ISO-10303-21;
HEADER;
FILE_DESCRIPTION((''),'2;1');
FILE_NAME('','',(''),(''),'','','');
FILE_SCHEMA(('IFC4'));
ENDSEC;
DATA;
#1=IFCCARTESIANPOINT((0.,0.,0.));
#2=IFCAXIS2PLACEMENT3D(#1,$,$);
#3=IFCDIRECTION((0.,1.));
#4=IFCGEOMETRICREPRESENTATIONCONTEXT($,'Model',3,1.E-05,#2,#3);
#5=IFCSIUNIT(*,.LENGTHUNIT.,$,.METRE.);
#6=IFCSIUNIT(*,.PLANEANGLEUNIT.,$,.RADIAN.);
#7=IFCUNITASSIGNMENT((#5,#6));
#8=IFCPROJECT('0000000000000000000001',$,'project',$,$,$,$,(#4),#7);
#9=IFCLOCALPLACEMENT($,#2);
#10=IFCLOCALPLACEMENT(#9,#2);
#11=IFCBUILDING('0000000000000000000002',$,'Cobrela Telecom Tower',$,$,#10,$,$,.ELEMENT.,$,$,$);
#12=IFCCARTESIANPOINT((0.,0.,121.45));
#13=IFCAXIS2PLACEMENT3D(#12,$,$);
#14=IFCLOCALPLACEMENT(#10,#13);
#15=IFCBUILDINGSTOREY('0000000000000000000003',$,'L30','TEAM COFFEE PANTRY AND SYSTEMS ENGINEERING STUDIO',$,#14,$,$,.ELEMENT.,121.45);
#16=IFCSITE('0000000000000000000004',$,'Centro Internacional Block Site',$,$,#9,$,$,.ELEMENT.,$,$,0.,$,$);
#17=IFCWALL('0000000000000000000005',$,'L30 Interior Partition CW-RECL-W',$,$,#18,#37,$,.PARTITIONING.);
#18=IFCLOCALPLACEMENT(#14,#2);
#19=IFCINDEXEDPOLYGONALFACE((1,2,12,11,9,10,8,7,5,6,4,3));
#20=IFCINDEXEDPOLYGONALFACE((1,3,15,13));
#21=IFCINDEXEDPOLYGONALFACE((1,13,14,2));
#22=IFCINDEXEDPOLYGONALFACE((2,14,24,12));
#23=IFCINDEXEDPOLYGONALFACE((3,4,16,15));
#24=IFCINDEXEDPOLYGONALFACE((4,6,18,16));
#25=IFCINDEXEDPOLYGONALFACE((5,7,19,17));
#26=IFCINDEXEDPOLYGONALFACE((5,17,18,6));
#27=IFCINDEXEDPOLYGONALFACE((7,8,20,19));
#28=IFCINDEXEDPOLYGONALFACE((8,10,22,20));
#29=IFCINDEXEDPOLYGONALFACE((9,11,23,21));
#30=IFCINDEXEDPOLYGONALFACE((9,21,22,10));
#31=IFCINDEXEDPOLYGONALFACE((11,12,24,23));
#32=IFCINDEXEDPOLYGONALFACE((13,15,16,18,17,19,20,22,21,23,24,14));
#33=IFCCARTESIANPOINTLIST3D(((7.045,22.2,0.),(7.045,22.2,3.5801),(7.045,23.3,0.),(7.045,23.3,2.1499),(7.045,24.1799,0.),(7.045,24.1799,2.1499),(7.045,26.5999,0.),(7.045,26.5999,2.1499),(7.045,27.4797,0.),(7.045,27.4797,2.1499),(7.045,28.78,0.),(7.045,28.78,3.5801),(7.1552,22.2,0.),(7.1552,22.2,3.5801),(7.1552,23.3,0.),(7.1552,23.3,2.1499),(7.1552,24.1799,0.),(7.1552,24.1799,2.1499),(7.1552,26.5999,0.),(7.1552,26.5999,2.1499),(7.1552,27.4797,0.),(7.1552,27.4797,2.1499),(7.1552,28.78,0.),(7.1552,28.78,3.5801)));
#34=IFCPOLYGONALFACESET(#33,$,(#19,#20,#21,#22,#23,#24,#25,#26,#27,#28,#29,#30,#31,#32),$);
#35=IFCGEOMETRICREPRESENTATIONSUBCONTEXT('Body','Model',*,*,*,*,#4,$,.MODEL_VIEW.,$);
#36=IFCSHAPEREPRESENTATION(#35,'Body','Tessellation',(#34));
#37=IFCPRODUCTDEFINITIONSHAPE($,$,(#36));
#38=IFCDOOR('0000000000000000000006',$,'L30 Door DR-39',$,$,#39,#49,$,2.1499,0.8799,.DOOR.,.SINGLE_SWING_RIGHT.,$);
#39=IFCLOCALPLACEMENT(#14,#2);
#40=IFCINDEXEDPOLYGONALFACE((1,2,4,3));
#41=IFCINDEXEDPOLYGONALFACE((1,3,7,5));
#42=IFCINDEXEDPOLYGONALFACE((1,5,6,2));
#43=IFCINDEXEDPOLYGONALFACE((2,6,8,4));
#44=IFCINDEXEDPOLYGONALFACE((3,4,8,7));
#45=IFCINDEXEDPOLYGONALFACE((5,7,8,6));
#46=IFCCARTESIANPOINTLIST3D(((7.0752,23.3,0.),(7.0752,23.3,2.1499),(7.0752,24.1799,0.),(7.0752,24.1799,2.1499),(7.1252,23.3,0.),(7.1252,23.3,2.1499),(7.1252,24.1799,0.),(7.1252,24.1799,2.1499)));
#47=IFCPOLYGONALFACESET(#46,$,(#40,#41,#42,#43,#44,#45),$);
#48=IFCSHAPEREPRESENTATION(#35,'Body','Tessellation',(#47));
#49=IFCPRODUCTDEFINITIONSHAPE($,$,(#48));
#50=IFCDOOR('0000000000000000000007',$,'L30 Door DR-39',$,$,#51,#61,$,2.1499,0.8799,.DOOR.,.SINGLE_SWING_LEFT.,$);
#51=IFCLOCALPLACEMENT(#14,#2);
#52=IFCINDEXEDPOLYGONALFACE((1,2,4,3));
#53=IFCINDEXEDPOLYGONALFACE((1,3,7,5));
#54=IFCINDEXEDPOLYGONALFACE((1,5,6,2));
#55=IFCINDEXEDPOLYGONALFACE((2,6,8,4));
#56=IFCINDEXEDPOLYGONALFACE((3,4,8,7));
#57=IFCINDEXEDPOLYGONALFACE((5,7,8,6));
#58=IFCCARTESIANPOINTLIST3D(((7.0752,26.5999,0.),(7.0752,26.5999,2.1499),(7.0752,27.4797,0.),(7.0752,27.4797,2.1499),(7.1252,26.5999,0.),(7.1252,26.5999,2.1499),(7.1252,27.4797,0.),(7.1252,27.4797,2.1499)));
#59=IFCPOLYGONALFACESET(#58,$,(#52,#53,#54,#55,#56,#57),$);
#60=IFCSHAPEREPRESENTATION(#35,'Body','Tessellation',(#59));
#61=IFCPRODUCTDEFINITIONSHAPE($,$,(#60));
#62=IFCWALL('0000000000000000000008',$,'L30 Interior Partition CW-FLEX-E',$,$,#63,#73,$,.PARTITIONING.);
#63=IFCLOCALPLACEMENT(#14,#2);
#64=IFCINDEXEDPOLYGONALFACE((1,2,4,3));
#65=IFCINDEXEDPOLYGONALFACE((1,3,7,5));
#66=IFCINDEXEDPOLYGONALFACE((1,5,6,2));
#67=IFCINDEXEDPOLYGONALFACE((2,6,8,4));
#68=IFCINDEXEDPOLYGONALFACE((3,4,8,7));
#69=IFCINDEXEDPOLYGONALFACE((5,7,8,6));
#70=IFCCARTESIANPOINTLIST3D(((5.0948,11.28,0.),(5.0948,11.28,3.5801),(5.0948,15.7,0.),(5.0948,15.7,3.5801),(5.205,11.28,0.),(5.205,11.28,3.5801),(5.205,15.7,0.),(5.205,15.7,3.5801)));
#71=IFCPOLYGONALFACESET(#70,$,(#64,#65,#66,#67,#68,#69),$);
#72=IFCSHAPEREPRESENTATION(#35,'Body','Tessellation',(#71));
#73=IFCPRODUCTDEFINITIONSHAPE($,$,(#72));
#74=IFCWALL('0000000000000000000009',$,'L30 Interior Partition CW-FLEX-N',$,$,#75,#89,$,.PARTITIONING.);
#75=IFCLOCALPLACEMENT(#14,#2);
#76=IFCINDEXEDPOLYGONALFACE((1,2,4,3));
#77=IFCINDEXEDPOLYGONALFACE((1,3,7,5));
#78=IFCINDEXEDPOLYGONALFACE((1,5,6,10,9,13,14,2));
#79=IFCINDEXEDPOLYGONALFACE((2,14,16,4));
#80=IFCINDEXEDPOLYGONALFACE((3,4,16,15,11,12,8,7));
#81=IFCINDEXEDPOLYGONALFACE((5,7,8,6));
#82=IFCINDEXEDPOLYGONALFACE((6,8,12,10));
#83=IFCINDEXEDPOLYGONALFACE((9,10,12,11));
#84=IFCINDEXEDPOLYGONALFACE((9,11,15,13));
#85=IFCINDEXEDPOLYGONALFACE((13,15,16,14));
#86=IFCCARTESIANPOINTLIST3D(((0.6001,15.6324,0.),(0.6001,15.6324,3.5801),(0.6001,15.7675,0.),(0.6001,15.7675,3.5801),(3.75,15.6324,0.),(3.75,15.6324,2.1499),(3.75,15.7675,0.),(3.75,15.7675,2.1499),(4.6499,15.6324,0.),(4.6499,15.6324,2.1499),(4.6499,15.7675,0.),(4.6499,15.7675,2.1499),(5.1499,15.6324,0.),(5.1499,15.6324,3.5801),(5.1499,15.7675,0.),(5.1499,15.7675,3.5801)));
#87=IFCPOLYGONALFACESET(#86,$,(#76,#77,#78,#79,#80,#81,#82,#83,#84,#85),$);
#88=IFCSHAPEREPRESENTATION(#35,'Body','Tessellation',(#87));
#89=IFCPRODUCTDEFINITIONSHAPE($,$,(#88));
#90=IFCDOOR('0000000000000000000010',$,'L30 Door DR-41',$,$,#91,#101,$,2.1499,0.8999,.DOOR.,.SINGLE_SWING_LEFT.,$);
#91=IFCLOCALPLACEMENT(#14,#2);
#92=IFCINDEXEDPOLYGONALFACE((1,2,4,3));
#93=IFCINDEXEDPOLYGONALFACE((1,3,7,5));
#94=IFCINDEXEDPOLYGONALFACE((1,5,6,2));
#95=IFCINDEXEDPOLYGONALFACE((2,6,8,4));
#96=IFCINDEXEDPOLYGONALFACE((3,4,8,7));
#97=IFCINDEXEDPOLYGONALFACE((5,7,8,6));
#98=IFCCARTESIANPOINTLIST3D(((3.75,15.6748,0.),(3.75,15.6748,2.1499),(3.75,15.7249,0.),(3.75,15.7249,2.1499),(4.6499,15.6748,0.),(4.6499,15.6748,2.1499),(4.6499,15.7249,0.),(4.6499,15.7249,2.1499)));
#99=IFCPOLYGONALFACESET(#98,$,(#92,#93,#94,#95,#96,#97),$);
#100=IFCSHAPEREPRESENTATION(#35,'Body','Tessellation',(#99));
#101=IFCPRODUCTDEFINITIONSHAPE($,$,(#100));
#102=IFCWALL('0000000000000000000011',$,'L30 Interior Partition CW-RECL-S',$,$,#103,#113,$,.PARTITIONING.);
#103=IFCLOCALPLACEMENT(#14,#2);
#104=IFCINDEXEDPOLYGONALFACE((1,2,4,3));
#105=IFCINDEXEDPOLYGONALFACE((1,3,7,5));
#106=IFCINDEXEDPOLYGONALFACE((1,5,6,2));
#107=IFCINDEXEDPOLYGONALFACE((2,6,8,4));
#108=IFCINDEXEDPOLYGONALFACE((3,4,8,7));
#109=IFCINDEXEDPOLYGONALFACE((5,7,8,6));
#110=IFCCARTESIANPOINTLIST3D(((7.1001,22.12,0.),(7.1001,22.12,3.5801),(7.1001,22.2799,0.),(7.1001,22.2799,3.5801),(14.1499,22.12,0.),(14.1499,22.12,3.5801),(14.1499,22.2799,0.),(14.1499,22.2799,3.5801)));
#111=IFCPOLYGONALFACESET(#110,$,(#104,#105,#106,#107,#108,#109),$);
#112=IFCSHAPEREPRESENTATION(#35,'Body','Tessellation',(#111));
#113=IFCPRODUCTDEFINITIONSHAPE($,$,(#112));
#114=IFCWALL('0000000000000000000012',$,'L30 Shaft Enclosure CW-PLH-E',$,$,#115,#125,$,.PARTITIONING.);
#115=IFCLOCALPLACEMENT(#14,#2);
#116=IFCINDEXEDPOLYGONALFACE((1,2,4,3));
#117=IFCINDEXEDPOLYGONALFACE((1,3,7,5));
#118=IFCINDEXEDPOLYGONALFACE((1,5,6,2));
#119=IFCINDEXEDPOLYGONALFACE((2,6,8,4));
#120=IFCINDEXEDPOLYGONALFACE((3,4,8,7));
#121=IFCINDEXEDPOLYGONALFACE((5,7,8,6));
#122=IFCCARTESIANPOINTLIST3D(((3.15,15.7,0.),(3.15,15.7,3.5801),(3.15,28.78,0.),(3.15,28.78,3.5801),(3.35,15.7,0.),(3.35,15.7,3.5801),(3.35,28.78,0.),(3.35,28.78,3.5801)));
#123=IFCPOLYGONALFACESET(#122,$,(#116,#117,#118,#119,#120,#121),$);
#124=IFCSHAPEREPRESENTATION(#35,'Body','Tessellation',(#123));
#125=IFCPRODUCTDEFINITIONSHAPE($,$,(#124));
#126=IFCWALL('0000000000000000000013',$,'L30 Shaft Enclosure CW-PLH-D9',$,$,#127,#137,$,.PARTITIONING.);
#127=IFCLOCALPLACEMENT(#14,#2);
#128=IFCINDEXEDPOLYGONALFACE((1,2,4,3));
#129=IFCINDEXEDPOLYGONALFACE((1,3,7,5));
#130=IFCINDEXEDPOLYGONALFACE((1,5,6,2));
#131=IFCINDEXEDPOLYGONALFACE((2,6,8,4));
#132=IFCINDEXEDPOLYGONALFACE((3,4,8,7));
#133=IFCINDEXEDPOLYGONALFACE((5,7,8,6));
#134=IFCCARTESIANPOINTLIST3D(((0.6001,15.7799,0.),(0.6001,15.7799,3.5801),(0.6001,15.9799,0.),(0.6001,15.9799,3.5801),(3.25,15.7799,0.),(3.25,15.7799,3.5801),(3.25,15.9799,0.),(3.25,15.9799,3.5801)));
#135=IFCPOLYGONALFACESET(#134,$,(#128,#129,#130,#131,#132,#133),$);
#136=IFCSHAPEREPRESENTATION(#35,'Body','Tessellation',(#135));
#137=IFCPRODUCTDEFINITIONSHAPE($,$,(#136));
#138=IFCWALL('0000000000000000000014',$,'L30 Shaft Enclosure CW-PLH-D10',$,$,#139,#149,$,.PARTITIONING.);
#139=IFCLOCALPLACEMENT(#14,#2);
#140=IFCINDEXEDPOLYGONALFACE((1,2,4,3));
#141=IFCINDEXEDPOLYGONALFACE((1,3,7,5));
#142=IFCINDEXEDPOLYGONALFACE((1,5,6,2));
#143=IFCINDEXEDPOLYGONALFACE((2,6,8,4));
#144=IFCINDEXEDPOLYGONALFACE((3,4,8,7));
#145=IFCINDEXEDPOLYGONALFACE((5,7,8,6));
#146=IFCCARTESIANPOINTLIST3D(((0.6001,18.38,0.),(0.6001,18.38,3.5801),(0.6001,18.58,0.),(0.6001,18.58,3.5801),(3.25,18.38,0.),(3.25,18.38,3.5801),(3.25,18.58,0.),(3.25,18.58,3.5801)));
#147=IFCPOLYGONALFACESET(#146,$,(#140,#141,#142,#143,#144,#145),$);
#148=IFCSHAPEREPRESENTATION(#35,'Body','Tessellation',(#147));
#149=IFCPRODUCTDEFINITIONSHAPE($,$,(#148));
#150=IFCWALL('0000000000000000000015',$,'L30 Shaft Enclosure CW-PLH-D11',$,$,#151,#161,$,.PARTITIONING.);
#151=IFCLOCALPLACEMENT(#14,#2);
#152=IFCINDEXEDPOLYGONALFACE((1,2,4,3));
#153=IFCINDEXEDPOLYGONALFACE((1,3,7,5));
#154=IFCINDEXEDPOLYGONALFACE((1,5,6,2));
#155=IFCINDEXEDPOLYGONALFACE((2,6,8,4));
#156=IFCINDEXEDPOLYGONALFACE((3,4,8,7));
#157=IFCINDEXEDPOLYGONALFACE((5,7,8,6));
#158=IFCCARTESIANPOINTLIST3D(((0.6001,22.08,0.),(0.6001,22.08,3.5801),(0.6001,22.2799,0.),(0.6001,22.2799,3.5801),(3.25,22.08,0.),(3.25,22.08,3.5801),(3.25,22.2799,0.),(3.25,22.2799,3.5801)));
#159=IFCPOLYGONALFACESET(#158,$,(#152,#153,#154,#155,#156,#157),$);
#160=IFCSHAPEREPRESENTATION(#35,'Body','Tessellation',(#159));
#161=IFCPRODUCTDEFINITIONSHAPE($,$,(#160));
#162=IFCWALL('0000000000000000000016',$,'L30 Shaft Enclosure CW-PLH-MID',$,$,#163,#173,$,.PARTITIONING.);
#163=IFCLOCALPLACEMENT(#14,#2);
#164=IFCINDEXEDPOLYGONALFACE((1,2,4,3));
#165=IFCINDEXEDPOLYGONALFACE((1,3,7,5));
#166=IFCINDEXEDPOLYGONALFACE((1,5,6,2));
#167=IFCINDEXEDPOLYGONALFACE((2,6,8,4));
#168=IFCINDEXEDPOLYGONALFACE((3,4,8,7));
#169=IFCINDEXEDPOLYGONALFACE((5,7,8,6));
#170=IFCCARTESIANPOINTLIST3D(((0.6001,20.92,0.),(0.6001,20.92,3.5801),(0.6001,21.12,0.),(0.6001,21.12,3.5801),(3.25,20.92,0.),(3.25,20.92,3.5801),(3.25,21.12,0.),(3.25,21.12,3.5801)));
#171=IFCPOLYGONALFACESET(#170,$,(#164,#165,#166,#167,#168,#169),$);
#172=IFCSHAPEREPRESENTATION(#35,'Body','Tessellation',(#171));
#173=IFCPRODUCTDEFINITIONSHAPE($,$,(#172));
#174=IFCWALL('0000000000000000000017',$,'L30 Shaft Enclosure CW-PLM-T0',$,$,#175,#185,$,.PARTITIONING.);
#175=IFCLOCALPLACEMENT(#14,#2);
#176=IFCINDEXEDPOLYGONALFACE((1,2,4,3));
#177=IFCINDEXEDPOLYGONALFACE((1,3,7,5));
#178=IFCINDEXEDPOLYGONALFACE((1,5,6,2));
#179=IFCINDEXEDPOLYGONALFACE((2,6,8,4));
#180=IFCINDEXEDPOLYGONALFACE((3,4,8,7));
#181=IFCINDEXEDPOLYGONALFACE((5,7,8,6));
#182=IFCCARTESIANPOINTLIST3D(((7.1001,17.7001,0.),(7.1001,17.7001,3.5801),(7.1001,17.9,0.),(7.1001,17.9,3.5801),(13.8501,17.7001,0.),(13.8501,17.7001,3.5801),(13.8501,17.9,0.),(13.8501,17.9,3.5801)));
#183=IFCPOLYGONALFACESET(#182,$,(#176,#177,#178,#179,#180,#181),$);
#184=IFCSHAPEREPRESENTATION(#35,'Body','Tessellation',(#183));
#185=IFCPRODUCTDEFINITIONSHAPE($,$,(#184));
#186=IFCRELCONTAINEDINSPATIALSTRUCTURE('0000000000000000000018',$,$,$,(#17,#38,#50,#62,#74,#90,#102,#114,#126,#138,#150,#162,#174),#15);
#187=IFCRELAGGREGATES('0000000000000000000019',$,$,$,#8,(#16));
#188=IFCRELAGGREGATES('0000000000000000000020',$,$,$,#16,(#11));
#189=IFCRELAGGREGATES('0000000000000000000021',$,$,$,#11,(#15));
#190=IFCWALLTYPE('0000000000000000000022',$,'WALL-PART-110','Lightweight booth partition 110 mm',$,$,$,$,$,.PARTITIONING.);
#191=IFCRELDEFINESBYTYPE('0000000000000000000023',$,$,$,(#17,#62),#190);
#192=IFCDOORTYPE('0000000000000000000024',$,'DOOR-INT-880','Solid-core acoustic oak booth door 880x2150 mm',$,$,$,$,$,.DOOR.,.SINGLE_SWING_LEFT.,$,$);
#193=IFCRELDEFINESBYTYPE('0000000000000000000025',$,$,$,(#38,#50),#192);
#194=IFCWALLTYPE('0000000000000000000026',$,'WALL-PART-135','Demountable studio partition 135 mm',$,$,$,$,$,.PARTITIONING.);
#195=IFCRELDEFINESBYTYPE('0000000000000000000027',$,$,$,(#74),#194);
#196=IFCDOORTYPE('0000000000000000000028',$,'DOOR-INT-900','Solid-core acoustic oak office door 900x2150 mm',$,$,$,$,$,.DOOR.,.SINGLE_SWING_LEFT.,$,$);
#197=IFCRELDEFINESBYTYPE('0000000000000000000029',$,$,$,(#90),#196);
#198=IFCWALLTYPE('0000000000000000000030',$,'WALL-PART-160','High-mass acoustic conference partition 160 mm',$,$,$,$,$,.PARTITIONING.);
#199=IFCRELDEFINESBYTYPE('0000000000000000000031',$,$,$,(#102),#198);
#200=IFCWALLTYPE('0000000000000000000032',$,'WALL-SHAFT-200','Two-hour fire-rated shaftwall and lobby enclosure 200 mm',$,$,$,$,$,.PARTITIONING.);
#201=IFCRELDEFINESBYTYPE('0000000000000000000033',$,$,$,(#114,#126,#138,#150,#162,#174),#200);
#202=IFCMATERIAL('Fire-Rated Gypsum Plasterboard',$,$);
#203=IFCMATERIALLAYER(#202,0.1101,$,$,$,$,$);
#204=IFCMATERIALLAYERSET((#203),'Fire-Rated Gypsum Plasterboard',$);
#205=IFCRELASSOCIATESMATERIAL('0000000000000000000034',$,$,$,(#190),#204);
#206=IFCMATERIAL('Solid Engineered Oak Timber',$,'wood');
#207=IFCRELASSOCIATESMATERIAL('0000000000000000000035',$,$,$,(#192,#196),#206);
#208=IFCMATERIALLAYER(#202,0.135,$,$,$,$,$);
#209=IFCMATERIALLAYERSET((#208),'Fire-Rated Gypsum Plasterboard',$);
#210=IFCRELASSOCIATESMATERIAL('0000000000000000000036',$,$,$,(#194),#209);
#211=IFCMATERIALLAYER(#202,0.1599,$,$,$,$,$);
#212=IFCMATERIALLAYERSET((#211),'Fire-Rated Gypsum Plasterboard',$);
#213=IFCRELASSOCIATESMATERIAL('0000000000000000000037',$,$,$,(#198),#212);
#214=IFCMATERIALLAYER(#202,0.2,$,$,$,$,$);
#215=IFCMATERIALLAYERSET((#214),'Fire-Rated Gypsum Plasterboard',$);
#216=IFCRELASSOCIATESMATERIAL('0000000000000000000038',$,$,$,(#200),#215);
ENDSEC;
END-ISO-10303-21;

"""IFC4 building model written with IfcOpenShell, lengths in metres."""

from ifc_helpers import new_model, si_unit, direction, frame, frame_2d, origin, place, context, subcontext, project, spatial, rectangle, extrude, material, layer, layer_set, type_object, element, fill, save


model = new_model("IFC4")

# Units and contexts
model_context = context("Model", 3, precision=1e-05, world=origin(), true_north=direction((0.0, 1.0)))
body_context = subcontext(model_context, "Body", "Model", "MODEL_VIEW")
ifc_project = project(units=[si_unit("LENGTHUNIT", "METRE"), si_unit("PLANEANGLEUNIT", "RADIAN")], contexts=[model_context])

# Site, building, storey
site_placement = place(None, origin())
site = spatial("IfcSite", under=ifc_project, at=site_placement, Name="Centro Internacional Block Site", CompositionType="ELEMENT", RefElevation=0.0)
building_placement = place(site_placement, origin())
building = spatial("IfcBuilding", under=site, at=building_placement, Name="Cobrela Telecom Tower", CompositionType="ELEMENT")
storey_placement = place(building_placement, frame((0.0, 0.0, 121.45)))
storey = spatial("IfcBuildingStorey", under=building, at=storey_placement, Name="L30", Description="TEAM COFFEE PANTRY AND SYSTEMS ENGINEERING STUDIO", CompositionType="ELEMENT", Elevation=121.45)

# Wall, openings, doors
ifc_material_1 = material(Name="Fire-Rated Gypsum Plasterboard")
ifc_layer_1 = layer(ifc_material_1, 0.1101)
ifc_layer_set_1 = layer_set([ifc_layer_1], Name="Fire-Rated Gypsum Plasterboard")
wall_type_1 = type_object("IfcWallType", Name="WALL-PART-110", Description="Lightweight booth partition 110 mm", PredefinedType="PARTITIONING", material=ifc_layer_set_1)
wall_1_placement = place(storey_placement, frame((7.1001, 22.2, 0.0), z_axis=(0.0, 0.0, 1.0), x_axis=(0.0, 1.0, 0.0)))
wall_1 = element("IfcWall", 1, at=wall_1_placement, inside=storey, type_object=wall_type_1, Name="L30 Interior Partition CW-RECL-W", PredefinedType="PARTITIONING", context=body_context, shape_type="SweptSolid", body=[
    extrude(rectangle(XDim=6.5801, YDim=0.1101, at=frame_2d((3.29, 0.0))), origin(), (0.0, 0.0, 1.0), 3.5801),
])
opening_1_placement = place(wall_1_placement, frame((1.1001, 0.0, 0.0)))
opening_1 = element("IfcOpeningElement", 2, at=opening_1_placement, cuts=wall_1, PredefinedType="OPENING", context=body_context, shape_type="SweptSolid", body=[
    extrude(rectangle(XDim=0.8799, YDim=2.1499, at=frame_2d((0.4399, 1.075))), frame((0.0, 0.0669, 0.0), z_axis=(0.0, -1.0, 0.0), x_axis=(1.0, 0.0, 0.0)), (0.0, 0.0, 1.0), 0.134),
])
opening_2_placement = place(wall_1_placement, frame((4.3999, 0.0, 0.0)))
opening_2 = element("IfcOpeningElement", 3, at=opening_2_placement, cuts=wall_1, PredefinedType="OPENING", context=body_context, shape_type="SweptSolid", body=[
    extrude(rectangle(XDim=0.8799, YDim=2.1499, at=frame_2d((0.4399, 1.075))), frame((0.0, 0.0669, 0.0), z_axis=(0.0, -1.0, 0.0), x_axis=(1.0, 0.0, 0.0)), (0.0, 0.0, 1.0), 0.134),
])
ifc_material_2 = material(Name="Solid Engineered Oak Timber", Category="wood")
door_type_1 = type_object("IfcDoorType", Name="DOOR-INT-880", Description="Solid-core acoustic oak booth door 880x2150 mm", OperationType="SINGLE_SWING_LEFT", PredefinedType="DOOR", material=ifc_material_2)
door_1_placement = place(opening_1_placement, origin())
door_1 = element("IfcDoor", 4, at=door_1_placement, inside=storey, type_object=door_type_1, Name="L30 Door DR-39", OperationType="SINGLE_SWING_RIGHT", OverallHeight=2.1499, OverallWidth=0.8799, PredefinedType="DOOR", context=body_context, shape_type="SweptSolid", body=[
    extrude(rectangle(XDim=0.8799, YDim=2.1499, at=frame_2d((0.4399, 1.075))), frame((0.0, 0.0249, 0.0), z_axis=(0.0, -1.0, 0.0), x_axis=(1.0, 0.0, 0.0)), (0.0, 0.0, 1.0), 0.05),
])
fill(opening_1, door_1)
door_2_placement = place(opening_2_placement, origin())
door_2 = element("IfcDoor", 5, at=door_2_placement, inside=storey, type_object=door_type_1, Name="L30 Door DR-39", OperationType="SINGLE_SWING_LEFT", OverallHeight=2.1499, OverallWidth=0.8799, PredefinedType="DOOR", context=body_context, shape_type="SweptSolid", body=[
    extrude(rectangle(XDim=0.8799, YDim=2.1499, at=frame_2d((0.4399, 1.075))), frame((0.0, 0.0249, 0.0), z_axis=(0.0, -1.0, 0.0), x_axis=(1.0, 0.0, 0.0)), (0.0, 0.0, 1.0), 0.05),
])
fill(opening_2, door_2)

# Wall
wall_2_placement = place(storey_placement, frame((5.1499, 11.28, 0.0), z_axis=(0.0, 0.0, 1.0), x_axis=(0.0, 1.0, 0.0)))
element("IfcWall", 6, at=wall_2_placement, inside=storey, type_object=wall_type_1, Name="L30 Interior Partition CW-FLEX-E", PredefinedType="PARTITIONING", context=body_context, shape_type="SweptSolid", body=[
    extrude(rectangle(XDim=4.4199, YDim=0.1101, at=frame_2d((2.21, 0.0))), origin(), (0.0, 0.0, 1.0), 3.5801),
])

# Wall, opening, door
ifc_layer_2 = layer(ifc_material_1, 0.135)
ifc_layer_set_2 = layer_set([ifc_layer_2], Name="Fire-Rated Gypsum Plasterboard")
wall_type_2 = type_object("IfcWallType", Name="WALL-PART-135", Description="Demountable studio partition 135 mm", PredefinedType="PARTITIONING", material=ifc_layer_set_2)
wall_3_placement = place(storey_placement, frame((0.6001, 15.7, 0.0), z_axis=(0.0, 0.0, 1.0), x_axis=(1.0, 0.0, 0.0)))
wall_3 = element("IfcWall", 7, at=wall_3_placement, inside=storey, type_object=wall_type_2, Name="L30 Interior Partition CW-FLEX-N", PredefinedType="PARTITIONING", context=body_context, shape_type="SweptSolid", body=[
    extrude(rectangle(XDim=4.5498, YDim=0.135, at=frame_2d((2.2749, 0.0))), origin(), (0.0, 0.0, 1.0), 3.5801),
])
opening_3_placement = place(wall_3_placement, frame((3.1499, 0.0, 0.0)))
opening_3 = element("IfcOpeningElement", 8, at=opening_3_placement, cuts=wall_3, PredefinedType="OPENING", context=body_context, shape_type="SweptSolid", body=[
    extrude(rectangle(XDim=0.8999, YDim=2.1499, at=frame_2d((0.45, 1.075))), frame((0.0, 0.0796, 0.0), z_axis=(0.0, -1.0, 0.0), x_axis=(1.0, 0.0, 0.0)), (0.0, 0.0, 1.0), 0.1589),
])
door_type_2 = type_object("IfcDoorType", Name="DOOR-INT-900", Description="Solid-core acoustic oak office door 900x2150 mm", OperationType="SINGLE_SWING_LEFT", PredefinedType="DOOR", material=ifc_material_2)
door_3_placement = place(opening_3_placement, origin())
door_3 = element("IfcDoor", 9, at=door_3_placement, inside=storey, type_object=door_type_2, Name="L30 Door DR-41", OperationType="SINGLE_SWING_LEFT", OverallHeight=2.1499, OverallWidth=0.8999, PredefinedType="DOOR", context=body_context, shape_type="SweptSolid", body=[
    extrude(rectangle(XDim=0.8999, YDim=2.1499, at=frame_2d((0.45, 1.075))), frame((0.0, 0.0249, 0.0), z_axis=(0.0, -1.0, 0.0), x_axis=(1.0, 0.0, 0.0)), (0.0, 0.0, 1.0), 0.05),
])
fill(opening_3, door_3)

# Walls
ifc_layer_3 = layer(ifc_material_1, 0.1599)
ifc_layer_set_3 = layer_set([ifc_layer_3], Name="Fire-Rated Gypsum Plasterboard")
wall_type_3 = type_object("IfcWallType", Name="WALL-PART-160", Description="High-mass acoustic conference partition 160 mm", PredefinedType="PARTITIONING", material=ifc_layer_set_3)
wall_4_placement = place(storey_placement, frame((7.1001, 22.2, 0.0), z_axis=(0.0, 0.0, 1.0), x_axis=(1.0, 0.0, 0.0)))
element("IfcWall", 10, at=wall_4_placement, inside=storey, type_object=wall_type_3, Name="L30 Interior Partition CW-RECL-S", PredefinedType="PARTITIONING", context=body_context, shape_type="SweptSolid", body=[
    extrude(rectangle(XDim=7.0498, YDim=0.1599, at=frame_2d((3.5249, 0.0))), origin(), (0.0, 0.0, 1.0), 3.5801),
])
ifc_layer_4 = layer(ifc_material_1, 0.2)
ifc_layer_set_4 = layer_set([ifc_layer_4], Name="Fire-Rated Gypsum Plasterboard")
wall_type_4 = type_object("IfcWallType", Name="WALL-SHAFT-200", Description="Two-hour fire-rated shaftwall and lobby enclosure 200 mm", PredefinedType="PARTITIONING", material=ifc_layer_set_4)
wall_5_placement = place(storey_placement, frame((3.25, 15.7, 0.0), z_axis=(0.0, 0.0, 1.0), x_axis=(0.0, 1.0, 0.0)))
element("IfcWall", 11, at=wall_5_placement, inside=storey, type_object=wall_type_4, Name="L30 Shaft Enclosure CW-PLH-E", PredefinedType="PARTITIONING", context=body_context, shape_type="SweptSolid", body=[
    extrude(rectangle(XDim=13.0801, YDim=0.2, at=frame_2d((6.54, 0.0))), origin(), (0.0, 0.0, 1.0), 3.5801),
])
for number, where, z_axis, x_axis, name in (
    (12, (0.6001, 15.8799, 0.0), (0.0, 0.0, 1.0), (1.0, 0.0, 0.0), "L30 Shaft Enclosure CW-PLH-D9"),
    (13, (0.6001, 18.48, 0.0), (0.0, 0.0, 1.0), (1.0, 0.0, 0.0), "L30 Shaft Enclosure CW-PLH-D10"),
    (14, (0.6001, 22.1799, 0.0), (0.0, 0.0, 1.0), (1.0, 0.0, 0.0), "L30 Shaft Enclosure CW-PLH-D11"),
    (15, (0.6001, 21.02, 0.0), (0.0, 0.0, 1.0), (1.0, 0.0, 0.0), "L30 Shaft Enclosure CW-PLH-MID"),
):
    element("IfcWall", number, at=place(storey_placement, frame(where, z_axis=z_axis, x_axis=x_axis)), inside=storey, type_object=wall_type_4, Name=name, PredefinedType="PARTITIONING", context=body_context, shape_type="SweptSolid", body=[
        extrude(rectangle(XDim=2.6499, YDim=0.2, at=frame_2d((1.325, 0.0))), origin(), (0.0, 0.0, 1.0), 3.5801),
    ])
wall_6_placement = place(storey_placement, frame((7.1001, 17.8, 0.0), z_axis=(0.0, 0.0, 1.0), x_axis=(1.0, 0.0, 0.0)))
element("IfcWall", 16, at=wall_6_placement, inside=storey, type_object=wall_type_4, Name="L30 Shaft Enclosure CW-PLM-T0", PredefinedType="PARTITIONING", context=body_context, shape_type="SweptSolid", body=[
    extrude(rectangle(XDim=6.75, YDim=0.2, at=frame_2d((3.375, 0.0))), origin(), (0.0, 0.0, 1.0), 3.5801),
])

save(model, "model.ifc")
